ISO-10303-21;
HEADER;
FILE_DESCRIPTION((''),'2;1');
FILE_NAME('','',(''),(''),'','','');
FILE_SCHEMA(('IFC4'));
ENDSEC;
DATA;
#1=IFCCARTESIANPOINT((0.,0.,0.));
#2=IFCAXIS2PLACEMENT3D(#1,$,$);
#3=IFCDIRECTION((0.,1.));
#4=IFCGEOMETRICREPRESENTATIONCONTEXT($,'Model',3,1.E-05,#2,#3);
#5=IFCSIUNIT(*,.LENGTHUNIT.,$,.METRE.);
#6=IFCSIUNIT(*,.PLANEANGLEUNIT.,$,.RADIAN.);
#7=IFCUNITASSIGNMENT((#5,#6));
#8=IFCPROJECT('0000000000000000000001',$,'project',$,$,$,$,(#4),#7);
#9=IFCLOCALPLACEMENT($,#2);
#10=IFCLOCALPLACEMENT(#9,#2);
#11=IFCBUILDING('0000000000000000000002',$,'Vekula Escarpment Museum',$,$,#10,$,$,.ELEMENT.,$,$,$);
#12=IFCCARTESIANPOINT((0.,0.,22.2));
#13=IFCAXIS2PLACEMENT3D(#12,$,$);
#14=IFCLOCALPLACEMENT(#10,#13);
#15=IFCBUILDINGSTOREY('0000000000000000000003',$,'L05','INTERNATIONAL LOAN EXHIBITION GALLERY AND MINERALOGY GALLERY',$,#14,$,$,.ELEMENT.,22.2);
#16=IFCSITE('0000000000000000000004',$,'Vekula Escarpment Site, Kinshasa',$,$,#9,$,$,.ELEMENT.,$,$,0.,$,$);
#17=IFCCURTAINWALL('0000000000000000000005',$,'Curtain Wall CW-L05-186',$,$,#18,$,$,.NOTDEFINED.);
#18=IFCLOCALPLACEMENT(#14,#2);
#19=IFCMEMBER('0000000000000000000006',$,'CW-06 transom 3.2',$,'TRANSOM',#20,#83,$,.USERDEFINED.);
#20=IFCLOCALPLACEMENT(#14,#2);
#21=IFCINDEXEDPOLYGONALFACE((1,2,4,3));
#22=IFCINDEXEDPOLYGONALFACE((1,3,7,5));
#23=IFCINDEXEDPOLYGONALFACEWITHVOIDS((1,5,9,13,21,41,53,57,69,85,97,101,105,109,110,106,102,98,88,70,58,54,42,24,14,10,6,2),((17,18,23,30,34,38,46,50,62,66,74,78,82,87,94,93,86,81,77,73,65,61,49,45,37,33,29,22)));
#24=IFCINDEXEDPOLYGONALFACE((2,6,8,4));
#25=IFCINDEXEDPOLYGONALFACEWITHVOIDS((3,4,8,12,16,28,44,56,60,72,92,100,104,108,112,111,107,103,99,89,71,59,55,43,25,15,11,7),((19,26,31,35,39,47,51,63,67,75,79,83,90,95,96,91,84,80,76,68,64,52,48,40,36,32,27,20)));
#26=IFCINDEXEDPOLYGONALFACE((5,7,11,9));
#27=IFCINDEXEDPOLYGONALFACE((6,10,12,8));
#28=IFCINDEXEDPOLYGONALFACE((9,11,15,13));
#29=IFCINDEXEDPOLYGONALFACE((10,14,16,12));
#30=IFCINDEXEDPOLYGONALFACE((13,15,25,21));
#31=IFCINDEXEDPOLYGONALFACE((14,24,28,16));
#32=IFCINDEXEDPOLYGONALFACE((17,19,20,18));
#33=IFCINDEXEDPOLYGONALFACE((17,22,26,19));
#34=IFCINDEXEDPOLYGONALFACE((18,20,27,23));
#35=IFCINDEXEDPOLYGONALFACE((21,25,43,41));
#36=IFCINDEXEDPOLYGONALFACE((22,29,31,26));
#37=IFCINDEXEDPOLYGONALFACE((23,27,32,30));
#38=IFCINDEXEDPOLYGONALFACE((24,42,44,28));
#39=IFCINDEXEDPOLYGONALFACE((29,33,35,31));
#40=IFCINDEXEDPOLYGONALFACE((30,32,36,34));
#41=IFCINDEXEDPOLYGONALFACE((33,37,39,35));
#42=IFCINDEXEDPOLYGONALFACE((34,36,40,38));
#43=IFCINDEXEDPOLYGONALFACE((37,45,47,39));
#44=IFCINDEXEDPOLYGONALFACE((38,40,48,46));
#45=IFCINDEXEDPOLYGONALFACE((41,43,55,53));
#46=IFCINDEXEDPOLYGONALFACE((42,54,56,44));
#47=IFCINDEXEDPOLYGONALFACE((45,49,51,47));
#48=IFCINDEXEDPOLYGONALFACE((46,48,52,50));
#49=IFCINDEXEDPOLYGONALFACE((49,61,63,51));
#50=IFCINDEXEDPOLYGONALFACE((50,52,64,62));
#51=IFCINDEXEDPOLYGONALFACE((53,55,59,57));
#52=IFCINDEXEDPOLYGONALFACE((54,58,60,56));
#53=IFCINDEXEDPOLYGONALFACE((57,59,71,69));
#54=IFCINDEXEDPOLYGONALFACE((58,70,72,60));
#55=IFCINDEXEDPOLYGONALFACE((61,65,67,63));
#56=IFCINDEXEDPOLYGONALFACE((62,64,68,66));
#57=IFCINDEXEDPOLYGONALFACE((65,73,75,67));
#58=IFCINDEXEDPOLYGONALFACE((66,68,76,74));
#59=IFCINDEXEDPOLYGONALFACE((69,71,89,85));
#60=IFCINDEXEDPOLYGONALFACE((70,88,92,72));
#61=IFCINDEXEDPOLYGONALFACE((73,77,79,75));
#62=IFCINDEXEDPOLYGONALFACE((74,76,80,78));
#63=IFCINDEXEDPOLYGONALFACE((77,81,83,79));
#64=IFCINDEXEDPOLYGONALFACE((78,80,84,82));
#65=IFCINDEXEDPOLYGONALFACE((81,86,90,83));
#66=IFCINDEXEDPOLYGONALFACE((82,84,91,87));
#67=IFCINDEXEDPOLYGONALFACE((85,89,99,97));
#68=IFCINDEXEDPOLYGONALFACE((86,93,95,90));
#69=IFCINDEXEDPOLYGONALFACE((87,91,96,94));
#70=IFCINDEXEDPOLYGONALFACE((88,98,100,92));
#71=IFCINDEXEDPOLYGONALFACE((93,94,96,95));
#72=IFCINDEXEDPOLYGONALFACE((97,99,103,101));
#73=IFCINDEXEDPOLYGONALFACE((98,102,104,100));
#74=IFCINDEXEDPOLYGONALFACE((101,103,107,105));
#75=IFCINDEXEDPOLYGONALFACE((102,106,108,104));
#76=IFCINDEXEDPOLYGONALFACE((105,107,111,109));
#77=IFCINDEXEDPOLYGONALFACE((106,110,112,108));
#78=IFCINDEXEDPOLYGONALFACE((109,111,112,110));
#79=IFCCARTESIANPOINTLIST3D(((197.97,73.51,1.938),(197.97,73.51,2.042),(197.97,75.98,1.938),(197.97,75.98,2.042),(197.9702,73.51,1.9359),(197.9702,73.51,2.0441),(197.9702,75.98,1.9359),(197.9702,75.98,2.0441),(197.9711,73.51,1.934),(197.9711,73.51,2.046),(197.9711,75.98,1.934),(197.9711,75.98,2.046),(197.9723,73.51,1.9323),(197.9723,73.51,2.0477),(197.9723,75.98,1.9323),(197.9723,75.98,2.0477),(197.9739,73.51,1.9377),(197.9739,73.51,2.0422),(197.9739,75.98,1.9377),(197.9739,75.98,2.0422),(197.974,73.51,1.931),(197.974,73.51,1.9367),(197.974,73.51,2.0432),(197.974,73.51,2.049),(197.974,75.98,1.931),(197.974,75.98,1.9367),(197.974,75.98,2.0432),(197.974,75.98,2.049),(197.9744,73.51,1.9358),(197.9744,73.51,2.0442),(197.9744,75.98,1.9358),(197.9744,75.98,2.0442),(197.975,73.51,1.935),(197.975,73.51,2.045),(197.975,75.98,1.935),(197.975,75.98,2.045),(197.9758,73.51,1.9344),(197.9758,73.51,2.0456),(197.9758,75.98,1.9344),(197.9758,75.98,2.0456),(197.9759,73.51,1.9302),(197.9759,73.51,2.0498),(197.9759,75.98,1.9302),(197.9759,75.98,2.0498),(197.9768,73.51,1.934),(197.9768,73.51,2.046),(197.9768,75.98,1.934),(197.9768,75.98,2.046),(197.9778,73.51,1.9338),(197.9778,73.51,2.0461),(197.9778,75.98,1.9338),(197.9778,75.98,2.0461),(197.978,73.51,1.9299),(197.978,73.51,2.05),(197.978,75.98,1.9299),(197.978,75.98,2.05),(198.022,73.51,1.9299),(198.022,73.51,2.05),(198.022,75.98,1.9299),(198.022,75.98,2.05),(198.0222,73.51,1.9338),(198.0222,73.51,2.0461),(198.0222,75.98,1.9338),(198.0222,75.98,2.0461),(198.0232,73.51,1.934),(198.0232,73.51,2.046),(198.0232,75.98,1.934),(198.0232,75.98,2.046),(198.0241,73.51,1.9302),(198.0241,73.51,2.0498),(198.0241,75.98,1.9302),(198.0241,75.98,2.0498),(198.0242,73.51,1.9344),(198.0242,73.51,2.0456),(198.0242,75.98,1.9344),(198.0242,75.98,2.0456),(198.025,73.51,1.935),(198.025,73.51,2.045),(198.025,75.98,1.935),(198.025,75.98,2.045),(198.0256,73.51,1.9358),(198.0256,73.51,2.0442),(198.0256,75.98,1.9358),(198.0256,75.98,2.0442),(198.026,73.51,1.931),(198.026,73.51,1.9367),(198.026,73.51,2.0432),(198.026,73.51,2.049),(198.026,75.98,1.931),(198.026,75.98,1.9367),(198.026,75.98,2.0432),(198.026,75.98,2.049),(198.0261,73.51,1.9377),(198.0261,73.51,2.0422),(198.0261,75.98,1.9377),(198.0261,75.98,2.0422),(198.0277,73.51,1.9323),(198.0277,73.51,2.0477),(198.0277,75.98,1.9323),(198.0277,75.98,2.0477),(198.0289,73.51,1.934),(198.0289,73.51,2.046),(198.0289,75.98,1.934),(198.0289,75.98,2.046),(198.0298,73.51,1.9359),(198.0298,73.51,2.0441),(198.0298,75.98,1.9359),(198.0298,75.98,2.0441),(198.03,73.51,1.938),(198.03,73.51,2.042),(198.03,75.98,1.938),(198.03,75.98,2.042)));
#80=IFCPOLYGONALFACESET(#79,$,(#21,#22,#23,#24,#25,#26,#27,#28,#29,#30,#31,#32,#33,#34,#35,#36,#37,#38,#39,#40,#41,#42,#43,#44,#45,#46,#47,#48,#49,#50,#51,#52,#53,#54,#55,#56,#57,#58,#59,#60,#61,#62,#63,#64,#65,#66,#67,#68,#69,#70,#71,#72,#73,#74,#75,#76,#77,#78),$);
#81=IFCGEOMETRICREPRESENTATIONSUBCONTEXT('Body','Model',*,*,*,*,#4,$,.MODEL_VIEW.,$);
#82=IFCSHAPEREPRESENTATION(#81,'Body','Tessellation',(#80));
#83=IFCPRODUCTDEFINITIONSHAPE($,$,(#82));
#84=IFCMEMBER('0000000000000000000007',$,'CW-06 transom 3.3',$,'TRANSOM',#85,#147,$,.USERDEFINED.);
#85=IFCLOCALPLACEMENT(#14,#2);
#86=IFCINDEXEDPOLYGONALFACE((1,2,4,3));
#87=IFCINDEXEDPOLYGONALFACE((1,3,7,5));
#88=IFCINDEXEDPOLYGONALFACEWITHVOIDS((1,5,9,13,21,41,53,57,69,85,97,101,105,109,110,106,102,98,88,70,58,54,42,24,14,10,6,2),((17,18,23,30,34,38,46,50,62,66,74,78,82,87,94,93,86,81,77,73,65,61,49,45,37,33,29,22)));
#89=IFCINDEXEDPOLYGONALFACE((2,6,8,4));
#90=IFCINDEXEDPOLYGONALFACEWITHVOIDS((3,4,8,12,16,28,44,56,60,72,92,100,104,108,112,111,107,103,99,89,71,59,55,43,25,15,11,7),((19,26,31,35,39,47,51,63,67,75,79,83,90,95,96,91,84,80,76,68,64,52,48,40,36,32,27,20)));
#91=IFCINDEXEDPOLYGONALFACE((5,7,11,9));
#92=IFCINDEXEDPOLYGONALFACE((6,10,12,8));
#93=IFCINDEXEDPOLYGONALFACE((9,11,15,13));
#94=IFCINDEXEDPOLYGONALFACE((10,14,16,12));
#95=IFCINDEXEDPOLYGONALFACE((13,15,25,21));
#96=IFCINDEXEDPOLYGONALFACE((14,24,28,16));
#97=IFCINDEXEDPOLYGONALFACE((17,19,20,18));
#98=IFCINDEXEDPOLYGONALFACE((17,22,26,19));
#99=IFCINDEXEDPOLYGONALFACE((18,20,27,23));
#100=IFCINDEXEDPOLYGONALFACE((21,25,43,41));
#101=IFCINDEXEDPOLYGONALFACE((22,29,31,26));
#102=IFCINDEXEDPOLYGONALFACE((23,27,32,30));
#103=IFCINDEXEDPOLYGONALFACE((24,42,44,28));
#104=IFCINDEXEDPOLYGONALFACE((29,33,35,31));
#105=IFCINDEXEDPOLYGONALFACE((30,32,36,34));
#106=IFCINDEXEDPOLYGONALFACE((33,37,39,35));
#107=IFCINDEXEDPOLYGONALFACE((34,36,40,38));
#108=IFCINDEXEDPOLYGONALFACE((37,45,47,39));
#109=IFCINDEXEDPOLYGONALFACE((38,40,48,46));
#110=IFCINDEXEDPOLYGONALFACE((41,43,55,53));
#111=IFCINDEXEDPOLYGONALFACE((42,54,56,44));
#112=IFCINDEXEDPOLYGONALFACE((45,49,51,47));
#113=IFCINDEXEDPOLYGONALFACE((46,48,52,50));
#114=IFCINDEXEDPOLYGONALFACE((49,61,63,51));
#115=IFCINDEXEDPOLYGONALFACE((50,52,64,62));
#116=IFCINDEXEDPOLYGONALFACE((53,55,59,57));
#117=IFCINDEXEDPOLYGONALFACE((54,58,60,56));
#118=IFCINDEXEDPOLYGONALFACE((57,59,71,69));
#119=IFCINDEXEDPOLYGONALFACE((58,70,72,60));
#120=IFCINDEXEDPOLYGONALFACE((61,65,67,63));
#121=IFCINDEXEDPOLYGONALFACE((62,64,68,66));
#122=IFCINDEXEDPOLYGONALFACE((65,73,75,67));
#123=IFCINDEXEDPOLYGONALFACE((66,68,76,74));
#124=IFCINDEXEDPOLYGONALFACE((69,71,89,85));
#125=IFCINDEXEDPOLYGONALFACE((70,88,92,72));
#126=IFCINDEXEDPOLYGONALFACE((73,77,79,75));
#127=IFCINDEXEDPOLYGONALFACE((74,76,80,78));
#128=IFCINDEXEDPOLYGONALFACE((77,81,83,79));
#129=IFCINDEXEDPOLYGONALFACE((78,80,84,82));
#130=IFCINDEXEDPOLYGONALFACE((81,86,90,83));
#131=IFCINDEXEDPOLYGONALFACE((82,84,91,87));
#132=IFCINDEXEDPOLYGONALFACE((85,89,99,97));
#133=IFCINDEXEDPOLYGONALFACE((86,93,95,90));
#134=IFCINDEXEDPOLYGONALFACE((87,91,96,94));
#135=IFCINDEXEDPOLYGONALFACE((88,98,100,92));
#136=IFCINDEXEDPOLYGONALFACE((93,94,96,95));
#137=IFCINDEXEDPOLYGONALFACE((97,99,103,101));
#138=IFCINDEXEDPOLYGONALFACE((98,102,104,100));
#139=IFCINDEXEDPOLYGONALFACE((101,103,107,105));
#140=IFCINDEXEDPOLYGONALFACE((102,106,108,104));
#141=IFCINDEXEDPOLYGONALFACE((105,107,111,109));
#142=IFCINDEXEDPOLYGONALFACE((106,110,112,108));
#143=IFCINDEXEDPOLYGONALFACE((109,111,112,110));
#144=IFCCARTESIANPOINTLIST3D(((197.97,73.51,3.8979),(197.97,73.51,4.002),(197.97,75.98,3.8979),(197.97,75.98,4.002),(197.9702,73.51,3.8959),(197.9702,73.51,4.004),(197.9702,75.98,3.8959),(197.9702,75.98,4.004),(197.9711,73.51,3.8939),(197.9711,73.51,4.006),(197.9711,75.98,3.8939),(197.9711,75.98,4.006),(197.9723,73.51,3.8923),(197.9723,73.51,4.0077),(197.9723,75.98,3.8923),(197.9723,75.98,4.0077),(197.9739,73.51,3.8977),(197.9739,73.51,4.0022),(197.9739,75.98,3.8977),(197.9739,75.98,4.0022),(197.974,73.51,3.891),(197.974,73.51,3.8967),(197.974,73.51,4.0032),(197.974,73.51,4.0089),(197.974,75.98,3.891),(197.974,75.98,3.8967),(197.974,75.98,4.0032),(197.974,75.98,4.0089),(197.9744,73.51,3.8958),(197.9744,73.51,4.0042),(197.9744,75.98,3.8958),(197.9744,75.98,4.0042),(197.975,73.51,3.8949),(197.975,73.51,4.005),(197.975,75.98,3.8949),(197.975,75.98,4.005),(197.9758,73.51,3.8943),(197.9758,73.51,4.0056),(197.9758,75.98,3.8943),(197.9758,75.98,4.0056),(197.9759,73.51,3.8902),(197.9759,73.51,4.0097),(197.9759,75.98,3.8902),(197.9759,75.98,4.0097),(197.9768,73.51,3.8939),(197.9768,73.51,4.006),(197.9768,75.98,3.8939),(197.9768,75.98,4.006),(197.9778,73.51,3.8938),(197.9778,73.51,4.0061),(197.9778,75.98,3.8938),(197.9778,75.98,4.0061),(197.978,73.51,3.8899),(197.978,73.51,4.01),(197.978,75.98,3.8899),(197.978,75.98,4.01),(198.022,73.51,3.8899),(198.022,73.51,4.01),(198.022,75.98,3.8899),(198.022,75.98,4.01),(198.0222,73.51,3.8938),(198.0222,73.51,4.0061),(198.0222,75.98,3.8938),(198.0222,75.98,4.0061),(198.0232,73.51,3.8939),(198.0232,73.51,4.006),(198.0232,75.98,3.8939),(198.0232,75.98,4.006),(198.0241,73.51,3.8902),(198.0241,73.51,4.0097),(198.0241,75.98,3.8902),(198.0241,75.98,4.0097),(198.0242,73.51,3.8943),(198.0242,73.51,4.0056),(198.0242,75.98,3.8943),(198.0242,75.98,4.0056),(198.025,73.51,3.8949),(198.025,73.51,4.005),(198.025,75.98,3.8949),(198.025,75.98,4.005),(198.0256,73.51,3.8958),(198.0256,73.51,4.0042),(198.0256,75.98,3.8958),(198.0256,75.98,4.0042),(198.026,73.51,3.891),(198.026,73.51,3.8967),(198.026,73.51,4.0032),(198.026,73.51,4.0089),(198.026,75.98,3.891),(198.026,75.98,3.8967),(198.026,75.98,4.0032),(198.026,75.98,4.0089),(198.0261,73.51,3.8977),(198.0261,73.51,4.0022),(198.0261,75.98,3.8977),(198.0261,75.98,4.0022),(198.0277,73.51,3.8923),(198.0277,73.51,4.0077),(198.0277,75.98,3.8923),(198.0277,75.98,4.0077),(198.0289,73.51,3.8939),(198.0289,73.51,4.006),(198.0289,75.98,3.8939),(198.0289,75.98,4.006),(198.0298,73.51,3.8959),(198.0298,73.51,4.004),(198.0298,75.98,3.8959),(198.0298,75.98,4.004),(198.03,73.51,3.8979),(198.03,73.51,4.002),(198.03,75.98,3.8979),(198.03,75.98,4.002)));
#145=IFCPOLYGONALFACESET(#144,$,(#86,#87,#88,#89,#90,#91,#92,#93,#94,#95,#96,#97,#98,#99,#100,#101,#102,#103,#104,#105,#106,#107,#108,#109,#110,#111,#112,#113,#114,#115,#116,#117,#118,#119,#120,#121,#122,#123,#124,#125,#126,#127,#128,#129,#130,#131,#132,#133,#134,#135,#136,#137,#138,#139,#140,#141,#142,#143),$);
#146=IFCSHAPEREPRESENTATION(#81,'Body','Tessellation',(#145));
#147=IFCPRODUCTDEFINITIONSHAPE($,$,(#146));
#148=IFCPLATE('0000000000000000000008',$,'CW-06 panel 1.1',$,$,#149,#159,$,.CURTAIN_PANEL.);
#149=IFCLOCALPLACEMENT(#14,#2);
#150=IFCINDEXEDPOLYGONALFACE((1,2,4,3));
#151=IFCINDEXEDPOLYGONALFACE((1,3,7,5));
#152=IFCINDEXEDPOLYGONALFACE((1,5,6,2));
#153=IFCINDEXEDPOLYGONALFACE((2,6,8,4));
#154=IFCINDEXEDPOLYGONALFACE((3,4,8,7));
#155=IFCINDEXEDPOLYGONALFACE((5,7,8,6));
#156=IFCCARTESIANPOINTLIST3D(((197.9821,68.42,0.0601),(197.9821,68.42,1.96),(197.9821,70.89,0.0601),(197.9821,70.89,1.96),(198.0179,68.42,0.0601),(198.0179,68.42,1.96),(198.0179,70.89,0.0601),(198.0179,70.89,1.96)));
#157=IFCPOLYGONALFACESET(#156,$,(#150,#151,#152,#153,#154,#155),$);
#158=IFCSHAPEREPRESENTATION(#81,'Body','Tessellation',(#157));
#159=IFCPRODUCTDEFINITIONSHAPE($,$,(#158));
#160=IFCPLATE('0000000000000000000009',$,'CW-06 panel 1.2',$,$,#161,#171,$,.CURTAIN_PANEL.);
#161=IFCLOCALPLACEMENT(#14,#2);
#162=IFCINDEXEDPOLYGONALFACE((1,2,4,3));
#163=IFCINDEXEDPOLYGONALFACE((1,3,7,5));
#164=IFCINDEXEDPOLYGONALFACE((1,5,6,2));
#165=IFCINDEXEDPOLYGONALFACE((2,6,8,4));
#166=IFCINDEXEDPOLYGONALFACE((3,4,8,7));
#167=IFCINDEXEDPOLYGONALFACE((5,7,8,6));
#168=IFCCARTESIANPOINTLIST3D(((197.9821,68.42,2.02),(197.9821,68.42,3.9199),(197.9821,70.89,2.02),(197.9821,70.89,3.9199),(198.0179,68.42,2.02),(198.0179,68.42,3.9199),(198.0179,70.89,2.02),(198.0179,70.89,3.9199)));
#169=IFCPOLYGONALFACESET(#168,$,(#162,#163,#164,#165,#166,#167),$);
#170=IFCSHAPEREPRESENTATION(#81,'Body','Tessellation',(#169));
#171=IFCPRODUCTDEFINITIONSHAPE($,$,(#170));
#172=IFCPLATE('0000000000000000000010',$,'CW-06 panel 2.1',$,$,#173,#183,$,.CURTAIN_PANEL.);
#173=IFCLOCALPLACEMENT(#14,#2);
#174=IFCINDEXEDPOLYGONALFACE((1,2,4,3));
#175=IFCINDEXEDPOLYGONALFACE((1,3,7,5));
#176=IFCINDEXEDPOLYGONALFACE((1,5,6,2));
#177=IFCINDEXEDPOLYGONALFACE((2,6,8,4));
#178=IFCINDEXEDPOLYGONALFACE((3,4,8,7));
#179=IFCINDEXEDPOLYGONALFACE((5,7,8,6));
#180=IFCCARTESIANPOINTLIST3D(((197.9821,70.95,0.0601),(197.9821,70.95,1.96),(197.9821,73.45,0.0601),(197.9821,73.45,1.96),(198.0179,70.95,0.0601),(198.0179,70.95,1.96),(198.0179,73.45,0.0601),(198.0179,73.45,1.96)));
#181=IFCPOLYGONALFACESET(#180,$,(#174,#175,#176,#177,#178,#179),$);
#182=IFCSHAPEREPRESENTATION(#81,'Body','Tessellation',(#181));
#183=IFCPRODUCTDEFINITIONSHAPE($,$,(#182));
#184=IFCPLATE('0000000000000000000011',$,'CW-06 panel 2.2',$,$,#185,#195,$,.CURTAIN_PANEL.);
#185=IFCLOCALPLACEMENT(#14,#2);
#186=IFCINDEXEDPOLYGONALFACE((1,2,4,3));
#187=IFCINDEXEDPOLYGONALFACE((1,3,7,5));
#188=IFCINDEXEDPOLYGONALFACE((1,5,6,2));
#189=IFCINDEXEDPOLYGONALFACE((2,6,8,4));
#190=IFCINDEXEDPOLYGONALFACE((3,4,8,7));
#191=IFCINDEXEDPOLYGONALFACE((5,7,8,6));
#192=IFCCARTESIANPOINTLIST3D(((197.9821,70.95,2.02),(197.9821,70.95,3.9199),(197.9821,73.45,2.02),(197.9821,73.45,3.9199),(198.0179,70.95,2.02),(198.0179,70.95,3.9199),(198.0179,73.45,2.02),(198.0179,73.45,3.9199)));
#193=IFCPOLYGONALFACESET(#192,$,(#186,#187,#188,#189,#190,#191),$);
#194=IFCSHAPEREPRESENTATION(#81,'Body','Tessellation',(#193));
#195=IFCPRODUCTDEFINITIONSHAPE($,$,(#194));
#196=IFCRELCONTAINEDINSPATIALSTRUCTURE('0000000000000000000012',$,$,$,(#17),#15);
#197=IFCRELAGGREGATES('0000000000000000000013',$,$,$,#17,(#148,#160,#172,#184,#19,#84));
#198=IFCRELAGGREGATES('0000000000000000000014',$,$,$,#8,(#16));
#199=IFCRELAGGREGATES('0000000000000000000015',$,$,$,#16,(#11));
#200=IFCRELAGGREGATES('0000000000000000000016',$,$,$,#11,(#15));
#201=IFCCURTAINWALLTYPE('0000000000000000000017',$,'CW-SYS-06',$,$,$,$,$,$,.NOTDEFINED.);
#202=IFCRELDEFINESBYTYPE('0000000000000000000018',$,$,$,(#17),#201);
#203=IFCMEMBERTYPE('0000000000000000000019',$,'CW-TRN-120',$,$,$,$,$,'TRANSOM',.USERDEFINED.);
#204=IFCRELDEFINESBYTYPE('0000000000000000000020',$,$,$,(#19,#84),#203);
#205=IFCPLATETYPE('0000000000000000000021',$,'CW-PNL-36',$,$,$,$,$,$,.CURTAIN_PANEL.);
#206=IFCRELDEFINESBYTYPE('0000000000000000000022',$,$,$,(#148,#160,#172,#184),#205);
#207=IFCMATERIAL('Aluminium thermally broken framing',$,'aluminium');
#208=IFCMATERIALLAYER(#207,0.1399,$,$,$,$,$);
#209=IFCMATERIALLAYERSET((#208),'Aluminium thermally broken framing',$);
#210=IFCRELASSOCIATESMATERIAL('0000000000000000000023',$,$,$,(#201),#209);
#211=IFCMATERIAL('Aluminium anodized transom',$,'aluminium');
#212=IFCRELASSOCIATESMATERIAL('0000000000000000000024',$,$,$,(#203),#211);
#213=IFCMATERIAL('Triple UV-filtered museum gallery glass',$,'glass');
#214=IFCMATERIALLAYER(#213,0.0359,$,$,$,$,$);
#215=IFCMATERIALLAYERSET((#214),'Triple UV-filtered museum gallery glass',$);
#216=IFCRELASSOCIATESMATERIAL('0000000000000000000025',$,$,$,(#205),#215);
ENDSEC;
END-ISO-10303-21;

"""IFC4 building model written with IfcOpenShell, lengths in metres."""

from ifc_helpers import new_model, si_unit, direction, frame, origin, origin_2d, place, context, subcontext, project, spatial, rectangle, hollow_rectangle, extrude, material, layer, layer_set, material_profile, profile_set, type_object, element, aggregate, save


model = new_model("IFC4")

# Units and contexts
model_context = context("Model", 3, precision=1e-05, world=origin(), true_north=direction((0.0, 1.0)))
body_context = subcontext(model_context, "Body", "Model", "MODEL_VIEW")
ifc_project = project(units=[si_unit("LENGTHUNIT", "METRE"), si_unit("PLANEANGLEUNIT", "RADIAN")], contexts=[model_context])

# Site, building, storey
site_placement = place(None, origin())
site = spatial("IfcSite", under=ifc_project, at=site_placement, Name="Vekula Escarpment Site, Kinshasa", CompositionType="ELEMENT", RefElevation=0.0)
building_placement = place(site_placement, origin())
building = spatial("IfcBuilding", under=site, at=building_placement, Name="Vekula Escarpment Museum", CompositionType="ELEMENT")
storey_placement = place(building_placement, frame((0.0, 0.0, 22.2)))
storey = spatial("IfcBuildingStorey", under=building, at=storey_placement, Name="L05", Description="INTERNATIONAL LOAN EXHIBITION GALLERY AND MINERALOGY GALLERY", CompositionType="ELEMENT", Elevation=22.2)

# Curtain wall, members, plates
ifc_material_1 = material(Name="Aluminium thermally broken framing", Category="aluminium")
ifc_layer_1 = layer(ifc_material_1, 0.1399)
ifc_layer_set_1 = layer_set([ifc_layer_1], Name="Aluminium thermally broken framing")
curtain_wall_type = type_object("IfcCurtainWallType", Name="CW-SYS-06", PredefinedType="NOTDEFINED", material=ifc_layer_set_1)
curtain_wall_placement = place(storey_placement, origin())
curtain_wall = element("IfcCurtainWall", 1, at=curtain_wall_placement, inside=storey, type_object=curtain_wall_type, Name="Curtain Wall CW-L05-186", PredefinedType="NOTDEFINED")
ifc_material_2 = material(Name="Aluminium anodized transom", Category="aluminium")
ifc_material_profile_1 = material_profile(ifc_material_2, hollow_rectangle(XDim=0.0601, YDim=0.1201, WallThickness=0.0039, InnerFilletRadius=0.0039, OuterFilletRadius=0.0081, at=origin_2d()), Name="ALU 120x60x4")
ifc_profile_set_1 = profile_set([ifc_material_profile_1], Name="Aluminium anodized transom")
member_type_1 = type_object("IfcMemberType", Name="CW-TRN-120", ElementType="TRANSOM", PredefinedType="USERDEFINED", material=ifc_profile_set_1)
member_1_placement = place(storey_placement, frame((198.0, 73.51, 1.99), z_axis=(0.0, 1.0, 0.0), x_axis=(-1.0, 0.0, 0.0)))
member_1 = element("IfcMember", 2, at=member_1_placement, type_object=member_type_1, Name="CW-06 transom 3.2", ObjectType="TRANSOM", PredefinedType="USERDEFINED", context=body_context, shape_type="SweptSolid", body=[
    extrude(hollow_rectangle(XDim=0.0601, YDim=0.1201, WallThickness=0.0039, InnerFilletRadius=0.0039, OuterFilletRadius=0.0081, at=origin_2d()), origin(), (0.0, 0.0, 1.0), 2.47),
])
member_2_placement = place(storey_placement, frame((198.0, 73.51, 3.95), z_axis=(0.0, 1.0, 0.0), x_axis=(-1.0, 0.0, 0.0)))
member_2 = element("IfcMember", 3, at=member_2_placement, type_object=member_type_1, Name="CW-06 transom 3.3", ObjectType="TRANSOM", PredefinedType="USERDEFINED", context=body_context, shape_type="SweptSolid", body=[
    extrude(hollow_rectangle(XDim=0.0601, YDim=0.1201, WallThickness=0.0039, InnerFilletRadius=0.0039, OuterFilletRadius=0.0081, at=origin_2d()), origin(), (0.0, 0.0, 1.0), 2.47),
])
ifc_material_3 = material(Name="Triple UV-filtered museum gallery glass", Category="glass")
ifc_layer_2 = layer(ifc_material_3, 0.0359)
ifc_layer_set_2 = layer_set([ifc_layer_2], Name="Triple UV-filtered museum gallery glass")
plate_type = type_object("IfcPlateType", Name="CW-PNL-36", PredefinedType="CURTAIN_PANEL", material=ifc_layer_set_2)
plate_1_placement = place(storey_placement, frame((198.0, 69.655, 0.0601), z_axis=(0.0, 0.0, 1.0), x_axis=(0.0, 1.0, 0.0)))
plate_1 = element("IfcPlate", 4, at=plate_1_placement, type_object=plate_type, Name="CW-06 panel 1.1", PredefinedType="CURTAIN_PANEL", context=body_context, shape_type="SweptSolid", body=[
    extrude(rectangle(XDim=2.47, YDim=0.0359, at=origin_2d()), origin(), (0.0, 0.0, 1.0), 1.8999),
])
plate_2_placement = place(storey_placement, frame((198.0, 69.655, 2.02), z_axis=(0.0, 0.0, 1.0), x_axis=(0.0, 1.0, 0.0)))
plate_2 = element("IfcPlate", 5, at=plate_2_placement, type_object=plate_type, Name="CW-06 panel 1.2", PredefinedType="CURTAIN_PANEL", context=body_context, shape_type="SweptSolid", body=[
    extrude(rectangle(XDim=2.47, YDim=0.0359, at=origin_2d()), origin(), (0.0, 0.0, 1.0), 1.8999),
])
plate_3_placement = place(storey_placement, frame((198.0, 72.2, 0.0601), z_axis=(0.0, 0.0, 1.0), x_axis=(0.0, 1.0, 0.0)))
plate_3 = element("IfcPlate", 6, at=plate_3_placement, type_object=plate_type, Name="CW-06 panel 2.1", PredefinedType="CURTAIN_PANEL", context=body_context, shape_type="SweptSolid", body=[
    extrude(rectangle(XDim=2.5, YDim=0.0359, at=origin_2d()), origin(), (0.0, 0.0, 1.0), 1.8999),
])
plate_4_placement = place(storey_placement, frame((198.0, 72.2, 2.02), z_axis=(0.0, 0.0, 1.0), x_axis=(0.0, 1.0, 0.0)))
plate_4 = element("IfcPlate", 7, at=plate_4_placement, type_object=plate_type, Name="CW-06 panel 2.2", PredefinedType="CURTAIN_PANEL", context=body_context, shape_type="SweptSolid", body=[
    extrude(rectangle(XDim=2.5, YDim=0.0359, at=origin_2d()), origin(), (0.0, 0.0, 1.0), 1.8999),
])
aggregate(curtain_wall, [plate_1, plate_2, plate_3, plate_4, member_1, member_2])

save(model, "model.ifc")
